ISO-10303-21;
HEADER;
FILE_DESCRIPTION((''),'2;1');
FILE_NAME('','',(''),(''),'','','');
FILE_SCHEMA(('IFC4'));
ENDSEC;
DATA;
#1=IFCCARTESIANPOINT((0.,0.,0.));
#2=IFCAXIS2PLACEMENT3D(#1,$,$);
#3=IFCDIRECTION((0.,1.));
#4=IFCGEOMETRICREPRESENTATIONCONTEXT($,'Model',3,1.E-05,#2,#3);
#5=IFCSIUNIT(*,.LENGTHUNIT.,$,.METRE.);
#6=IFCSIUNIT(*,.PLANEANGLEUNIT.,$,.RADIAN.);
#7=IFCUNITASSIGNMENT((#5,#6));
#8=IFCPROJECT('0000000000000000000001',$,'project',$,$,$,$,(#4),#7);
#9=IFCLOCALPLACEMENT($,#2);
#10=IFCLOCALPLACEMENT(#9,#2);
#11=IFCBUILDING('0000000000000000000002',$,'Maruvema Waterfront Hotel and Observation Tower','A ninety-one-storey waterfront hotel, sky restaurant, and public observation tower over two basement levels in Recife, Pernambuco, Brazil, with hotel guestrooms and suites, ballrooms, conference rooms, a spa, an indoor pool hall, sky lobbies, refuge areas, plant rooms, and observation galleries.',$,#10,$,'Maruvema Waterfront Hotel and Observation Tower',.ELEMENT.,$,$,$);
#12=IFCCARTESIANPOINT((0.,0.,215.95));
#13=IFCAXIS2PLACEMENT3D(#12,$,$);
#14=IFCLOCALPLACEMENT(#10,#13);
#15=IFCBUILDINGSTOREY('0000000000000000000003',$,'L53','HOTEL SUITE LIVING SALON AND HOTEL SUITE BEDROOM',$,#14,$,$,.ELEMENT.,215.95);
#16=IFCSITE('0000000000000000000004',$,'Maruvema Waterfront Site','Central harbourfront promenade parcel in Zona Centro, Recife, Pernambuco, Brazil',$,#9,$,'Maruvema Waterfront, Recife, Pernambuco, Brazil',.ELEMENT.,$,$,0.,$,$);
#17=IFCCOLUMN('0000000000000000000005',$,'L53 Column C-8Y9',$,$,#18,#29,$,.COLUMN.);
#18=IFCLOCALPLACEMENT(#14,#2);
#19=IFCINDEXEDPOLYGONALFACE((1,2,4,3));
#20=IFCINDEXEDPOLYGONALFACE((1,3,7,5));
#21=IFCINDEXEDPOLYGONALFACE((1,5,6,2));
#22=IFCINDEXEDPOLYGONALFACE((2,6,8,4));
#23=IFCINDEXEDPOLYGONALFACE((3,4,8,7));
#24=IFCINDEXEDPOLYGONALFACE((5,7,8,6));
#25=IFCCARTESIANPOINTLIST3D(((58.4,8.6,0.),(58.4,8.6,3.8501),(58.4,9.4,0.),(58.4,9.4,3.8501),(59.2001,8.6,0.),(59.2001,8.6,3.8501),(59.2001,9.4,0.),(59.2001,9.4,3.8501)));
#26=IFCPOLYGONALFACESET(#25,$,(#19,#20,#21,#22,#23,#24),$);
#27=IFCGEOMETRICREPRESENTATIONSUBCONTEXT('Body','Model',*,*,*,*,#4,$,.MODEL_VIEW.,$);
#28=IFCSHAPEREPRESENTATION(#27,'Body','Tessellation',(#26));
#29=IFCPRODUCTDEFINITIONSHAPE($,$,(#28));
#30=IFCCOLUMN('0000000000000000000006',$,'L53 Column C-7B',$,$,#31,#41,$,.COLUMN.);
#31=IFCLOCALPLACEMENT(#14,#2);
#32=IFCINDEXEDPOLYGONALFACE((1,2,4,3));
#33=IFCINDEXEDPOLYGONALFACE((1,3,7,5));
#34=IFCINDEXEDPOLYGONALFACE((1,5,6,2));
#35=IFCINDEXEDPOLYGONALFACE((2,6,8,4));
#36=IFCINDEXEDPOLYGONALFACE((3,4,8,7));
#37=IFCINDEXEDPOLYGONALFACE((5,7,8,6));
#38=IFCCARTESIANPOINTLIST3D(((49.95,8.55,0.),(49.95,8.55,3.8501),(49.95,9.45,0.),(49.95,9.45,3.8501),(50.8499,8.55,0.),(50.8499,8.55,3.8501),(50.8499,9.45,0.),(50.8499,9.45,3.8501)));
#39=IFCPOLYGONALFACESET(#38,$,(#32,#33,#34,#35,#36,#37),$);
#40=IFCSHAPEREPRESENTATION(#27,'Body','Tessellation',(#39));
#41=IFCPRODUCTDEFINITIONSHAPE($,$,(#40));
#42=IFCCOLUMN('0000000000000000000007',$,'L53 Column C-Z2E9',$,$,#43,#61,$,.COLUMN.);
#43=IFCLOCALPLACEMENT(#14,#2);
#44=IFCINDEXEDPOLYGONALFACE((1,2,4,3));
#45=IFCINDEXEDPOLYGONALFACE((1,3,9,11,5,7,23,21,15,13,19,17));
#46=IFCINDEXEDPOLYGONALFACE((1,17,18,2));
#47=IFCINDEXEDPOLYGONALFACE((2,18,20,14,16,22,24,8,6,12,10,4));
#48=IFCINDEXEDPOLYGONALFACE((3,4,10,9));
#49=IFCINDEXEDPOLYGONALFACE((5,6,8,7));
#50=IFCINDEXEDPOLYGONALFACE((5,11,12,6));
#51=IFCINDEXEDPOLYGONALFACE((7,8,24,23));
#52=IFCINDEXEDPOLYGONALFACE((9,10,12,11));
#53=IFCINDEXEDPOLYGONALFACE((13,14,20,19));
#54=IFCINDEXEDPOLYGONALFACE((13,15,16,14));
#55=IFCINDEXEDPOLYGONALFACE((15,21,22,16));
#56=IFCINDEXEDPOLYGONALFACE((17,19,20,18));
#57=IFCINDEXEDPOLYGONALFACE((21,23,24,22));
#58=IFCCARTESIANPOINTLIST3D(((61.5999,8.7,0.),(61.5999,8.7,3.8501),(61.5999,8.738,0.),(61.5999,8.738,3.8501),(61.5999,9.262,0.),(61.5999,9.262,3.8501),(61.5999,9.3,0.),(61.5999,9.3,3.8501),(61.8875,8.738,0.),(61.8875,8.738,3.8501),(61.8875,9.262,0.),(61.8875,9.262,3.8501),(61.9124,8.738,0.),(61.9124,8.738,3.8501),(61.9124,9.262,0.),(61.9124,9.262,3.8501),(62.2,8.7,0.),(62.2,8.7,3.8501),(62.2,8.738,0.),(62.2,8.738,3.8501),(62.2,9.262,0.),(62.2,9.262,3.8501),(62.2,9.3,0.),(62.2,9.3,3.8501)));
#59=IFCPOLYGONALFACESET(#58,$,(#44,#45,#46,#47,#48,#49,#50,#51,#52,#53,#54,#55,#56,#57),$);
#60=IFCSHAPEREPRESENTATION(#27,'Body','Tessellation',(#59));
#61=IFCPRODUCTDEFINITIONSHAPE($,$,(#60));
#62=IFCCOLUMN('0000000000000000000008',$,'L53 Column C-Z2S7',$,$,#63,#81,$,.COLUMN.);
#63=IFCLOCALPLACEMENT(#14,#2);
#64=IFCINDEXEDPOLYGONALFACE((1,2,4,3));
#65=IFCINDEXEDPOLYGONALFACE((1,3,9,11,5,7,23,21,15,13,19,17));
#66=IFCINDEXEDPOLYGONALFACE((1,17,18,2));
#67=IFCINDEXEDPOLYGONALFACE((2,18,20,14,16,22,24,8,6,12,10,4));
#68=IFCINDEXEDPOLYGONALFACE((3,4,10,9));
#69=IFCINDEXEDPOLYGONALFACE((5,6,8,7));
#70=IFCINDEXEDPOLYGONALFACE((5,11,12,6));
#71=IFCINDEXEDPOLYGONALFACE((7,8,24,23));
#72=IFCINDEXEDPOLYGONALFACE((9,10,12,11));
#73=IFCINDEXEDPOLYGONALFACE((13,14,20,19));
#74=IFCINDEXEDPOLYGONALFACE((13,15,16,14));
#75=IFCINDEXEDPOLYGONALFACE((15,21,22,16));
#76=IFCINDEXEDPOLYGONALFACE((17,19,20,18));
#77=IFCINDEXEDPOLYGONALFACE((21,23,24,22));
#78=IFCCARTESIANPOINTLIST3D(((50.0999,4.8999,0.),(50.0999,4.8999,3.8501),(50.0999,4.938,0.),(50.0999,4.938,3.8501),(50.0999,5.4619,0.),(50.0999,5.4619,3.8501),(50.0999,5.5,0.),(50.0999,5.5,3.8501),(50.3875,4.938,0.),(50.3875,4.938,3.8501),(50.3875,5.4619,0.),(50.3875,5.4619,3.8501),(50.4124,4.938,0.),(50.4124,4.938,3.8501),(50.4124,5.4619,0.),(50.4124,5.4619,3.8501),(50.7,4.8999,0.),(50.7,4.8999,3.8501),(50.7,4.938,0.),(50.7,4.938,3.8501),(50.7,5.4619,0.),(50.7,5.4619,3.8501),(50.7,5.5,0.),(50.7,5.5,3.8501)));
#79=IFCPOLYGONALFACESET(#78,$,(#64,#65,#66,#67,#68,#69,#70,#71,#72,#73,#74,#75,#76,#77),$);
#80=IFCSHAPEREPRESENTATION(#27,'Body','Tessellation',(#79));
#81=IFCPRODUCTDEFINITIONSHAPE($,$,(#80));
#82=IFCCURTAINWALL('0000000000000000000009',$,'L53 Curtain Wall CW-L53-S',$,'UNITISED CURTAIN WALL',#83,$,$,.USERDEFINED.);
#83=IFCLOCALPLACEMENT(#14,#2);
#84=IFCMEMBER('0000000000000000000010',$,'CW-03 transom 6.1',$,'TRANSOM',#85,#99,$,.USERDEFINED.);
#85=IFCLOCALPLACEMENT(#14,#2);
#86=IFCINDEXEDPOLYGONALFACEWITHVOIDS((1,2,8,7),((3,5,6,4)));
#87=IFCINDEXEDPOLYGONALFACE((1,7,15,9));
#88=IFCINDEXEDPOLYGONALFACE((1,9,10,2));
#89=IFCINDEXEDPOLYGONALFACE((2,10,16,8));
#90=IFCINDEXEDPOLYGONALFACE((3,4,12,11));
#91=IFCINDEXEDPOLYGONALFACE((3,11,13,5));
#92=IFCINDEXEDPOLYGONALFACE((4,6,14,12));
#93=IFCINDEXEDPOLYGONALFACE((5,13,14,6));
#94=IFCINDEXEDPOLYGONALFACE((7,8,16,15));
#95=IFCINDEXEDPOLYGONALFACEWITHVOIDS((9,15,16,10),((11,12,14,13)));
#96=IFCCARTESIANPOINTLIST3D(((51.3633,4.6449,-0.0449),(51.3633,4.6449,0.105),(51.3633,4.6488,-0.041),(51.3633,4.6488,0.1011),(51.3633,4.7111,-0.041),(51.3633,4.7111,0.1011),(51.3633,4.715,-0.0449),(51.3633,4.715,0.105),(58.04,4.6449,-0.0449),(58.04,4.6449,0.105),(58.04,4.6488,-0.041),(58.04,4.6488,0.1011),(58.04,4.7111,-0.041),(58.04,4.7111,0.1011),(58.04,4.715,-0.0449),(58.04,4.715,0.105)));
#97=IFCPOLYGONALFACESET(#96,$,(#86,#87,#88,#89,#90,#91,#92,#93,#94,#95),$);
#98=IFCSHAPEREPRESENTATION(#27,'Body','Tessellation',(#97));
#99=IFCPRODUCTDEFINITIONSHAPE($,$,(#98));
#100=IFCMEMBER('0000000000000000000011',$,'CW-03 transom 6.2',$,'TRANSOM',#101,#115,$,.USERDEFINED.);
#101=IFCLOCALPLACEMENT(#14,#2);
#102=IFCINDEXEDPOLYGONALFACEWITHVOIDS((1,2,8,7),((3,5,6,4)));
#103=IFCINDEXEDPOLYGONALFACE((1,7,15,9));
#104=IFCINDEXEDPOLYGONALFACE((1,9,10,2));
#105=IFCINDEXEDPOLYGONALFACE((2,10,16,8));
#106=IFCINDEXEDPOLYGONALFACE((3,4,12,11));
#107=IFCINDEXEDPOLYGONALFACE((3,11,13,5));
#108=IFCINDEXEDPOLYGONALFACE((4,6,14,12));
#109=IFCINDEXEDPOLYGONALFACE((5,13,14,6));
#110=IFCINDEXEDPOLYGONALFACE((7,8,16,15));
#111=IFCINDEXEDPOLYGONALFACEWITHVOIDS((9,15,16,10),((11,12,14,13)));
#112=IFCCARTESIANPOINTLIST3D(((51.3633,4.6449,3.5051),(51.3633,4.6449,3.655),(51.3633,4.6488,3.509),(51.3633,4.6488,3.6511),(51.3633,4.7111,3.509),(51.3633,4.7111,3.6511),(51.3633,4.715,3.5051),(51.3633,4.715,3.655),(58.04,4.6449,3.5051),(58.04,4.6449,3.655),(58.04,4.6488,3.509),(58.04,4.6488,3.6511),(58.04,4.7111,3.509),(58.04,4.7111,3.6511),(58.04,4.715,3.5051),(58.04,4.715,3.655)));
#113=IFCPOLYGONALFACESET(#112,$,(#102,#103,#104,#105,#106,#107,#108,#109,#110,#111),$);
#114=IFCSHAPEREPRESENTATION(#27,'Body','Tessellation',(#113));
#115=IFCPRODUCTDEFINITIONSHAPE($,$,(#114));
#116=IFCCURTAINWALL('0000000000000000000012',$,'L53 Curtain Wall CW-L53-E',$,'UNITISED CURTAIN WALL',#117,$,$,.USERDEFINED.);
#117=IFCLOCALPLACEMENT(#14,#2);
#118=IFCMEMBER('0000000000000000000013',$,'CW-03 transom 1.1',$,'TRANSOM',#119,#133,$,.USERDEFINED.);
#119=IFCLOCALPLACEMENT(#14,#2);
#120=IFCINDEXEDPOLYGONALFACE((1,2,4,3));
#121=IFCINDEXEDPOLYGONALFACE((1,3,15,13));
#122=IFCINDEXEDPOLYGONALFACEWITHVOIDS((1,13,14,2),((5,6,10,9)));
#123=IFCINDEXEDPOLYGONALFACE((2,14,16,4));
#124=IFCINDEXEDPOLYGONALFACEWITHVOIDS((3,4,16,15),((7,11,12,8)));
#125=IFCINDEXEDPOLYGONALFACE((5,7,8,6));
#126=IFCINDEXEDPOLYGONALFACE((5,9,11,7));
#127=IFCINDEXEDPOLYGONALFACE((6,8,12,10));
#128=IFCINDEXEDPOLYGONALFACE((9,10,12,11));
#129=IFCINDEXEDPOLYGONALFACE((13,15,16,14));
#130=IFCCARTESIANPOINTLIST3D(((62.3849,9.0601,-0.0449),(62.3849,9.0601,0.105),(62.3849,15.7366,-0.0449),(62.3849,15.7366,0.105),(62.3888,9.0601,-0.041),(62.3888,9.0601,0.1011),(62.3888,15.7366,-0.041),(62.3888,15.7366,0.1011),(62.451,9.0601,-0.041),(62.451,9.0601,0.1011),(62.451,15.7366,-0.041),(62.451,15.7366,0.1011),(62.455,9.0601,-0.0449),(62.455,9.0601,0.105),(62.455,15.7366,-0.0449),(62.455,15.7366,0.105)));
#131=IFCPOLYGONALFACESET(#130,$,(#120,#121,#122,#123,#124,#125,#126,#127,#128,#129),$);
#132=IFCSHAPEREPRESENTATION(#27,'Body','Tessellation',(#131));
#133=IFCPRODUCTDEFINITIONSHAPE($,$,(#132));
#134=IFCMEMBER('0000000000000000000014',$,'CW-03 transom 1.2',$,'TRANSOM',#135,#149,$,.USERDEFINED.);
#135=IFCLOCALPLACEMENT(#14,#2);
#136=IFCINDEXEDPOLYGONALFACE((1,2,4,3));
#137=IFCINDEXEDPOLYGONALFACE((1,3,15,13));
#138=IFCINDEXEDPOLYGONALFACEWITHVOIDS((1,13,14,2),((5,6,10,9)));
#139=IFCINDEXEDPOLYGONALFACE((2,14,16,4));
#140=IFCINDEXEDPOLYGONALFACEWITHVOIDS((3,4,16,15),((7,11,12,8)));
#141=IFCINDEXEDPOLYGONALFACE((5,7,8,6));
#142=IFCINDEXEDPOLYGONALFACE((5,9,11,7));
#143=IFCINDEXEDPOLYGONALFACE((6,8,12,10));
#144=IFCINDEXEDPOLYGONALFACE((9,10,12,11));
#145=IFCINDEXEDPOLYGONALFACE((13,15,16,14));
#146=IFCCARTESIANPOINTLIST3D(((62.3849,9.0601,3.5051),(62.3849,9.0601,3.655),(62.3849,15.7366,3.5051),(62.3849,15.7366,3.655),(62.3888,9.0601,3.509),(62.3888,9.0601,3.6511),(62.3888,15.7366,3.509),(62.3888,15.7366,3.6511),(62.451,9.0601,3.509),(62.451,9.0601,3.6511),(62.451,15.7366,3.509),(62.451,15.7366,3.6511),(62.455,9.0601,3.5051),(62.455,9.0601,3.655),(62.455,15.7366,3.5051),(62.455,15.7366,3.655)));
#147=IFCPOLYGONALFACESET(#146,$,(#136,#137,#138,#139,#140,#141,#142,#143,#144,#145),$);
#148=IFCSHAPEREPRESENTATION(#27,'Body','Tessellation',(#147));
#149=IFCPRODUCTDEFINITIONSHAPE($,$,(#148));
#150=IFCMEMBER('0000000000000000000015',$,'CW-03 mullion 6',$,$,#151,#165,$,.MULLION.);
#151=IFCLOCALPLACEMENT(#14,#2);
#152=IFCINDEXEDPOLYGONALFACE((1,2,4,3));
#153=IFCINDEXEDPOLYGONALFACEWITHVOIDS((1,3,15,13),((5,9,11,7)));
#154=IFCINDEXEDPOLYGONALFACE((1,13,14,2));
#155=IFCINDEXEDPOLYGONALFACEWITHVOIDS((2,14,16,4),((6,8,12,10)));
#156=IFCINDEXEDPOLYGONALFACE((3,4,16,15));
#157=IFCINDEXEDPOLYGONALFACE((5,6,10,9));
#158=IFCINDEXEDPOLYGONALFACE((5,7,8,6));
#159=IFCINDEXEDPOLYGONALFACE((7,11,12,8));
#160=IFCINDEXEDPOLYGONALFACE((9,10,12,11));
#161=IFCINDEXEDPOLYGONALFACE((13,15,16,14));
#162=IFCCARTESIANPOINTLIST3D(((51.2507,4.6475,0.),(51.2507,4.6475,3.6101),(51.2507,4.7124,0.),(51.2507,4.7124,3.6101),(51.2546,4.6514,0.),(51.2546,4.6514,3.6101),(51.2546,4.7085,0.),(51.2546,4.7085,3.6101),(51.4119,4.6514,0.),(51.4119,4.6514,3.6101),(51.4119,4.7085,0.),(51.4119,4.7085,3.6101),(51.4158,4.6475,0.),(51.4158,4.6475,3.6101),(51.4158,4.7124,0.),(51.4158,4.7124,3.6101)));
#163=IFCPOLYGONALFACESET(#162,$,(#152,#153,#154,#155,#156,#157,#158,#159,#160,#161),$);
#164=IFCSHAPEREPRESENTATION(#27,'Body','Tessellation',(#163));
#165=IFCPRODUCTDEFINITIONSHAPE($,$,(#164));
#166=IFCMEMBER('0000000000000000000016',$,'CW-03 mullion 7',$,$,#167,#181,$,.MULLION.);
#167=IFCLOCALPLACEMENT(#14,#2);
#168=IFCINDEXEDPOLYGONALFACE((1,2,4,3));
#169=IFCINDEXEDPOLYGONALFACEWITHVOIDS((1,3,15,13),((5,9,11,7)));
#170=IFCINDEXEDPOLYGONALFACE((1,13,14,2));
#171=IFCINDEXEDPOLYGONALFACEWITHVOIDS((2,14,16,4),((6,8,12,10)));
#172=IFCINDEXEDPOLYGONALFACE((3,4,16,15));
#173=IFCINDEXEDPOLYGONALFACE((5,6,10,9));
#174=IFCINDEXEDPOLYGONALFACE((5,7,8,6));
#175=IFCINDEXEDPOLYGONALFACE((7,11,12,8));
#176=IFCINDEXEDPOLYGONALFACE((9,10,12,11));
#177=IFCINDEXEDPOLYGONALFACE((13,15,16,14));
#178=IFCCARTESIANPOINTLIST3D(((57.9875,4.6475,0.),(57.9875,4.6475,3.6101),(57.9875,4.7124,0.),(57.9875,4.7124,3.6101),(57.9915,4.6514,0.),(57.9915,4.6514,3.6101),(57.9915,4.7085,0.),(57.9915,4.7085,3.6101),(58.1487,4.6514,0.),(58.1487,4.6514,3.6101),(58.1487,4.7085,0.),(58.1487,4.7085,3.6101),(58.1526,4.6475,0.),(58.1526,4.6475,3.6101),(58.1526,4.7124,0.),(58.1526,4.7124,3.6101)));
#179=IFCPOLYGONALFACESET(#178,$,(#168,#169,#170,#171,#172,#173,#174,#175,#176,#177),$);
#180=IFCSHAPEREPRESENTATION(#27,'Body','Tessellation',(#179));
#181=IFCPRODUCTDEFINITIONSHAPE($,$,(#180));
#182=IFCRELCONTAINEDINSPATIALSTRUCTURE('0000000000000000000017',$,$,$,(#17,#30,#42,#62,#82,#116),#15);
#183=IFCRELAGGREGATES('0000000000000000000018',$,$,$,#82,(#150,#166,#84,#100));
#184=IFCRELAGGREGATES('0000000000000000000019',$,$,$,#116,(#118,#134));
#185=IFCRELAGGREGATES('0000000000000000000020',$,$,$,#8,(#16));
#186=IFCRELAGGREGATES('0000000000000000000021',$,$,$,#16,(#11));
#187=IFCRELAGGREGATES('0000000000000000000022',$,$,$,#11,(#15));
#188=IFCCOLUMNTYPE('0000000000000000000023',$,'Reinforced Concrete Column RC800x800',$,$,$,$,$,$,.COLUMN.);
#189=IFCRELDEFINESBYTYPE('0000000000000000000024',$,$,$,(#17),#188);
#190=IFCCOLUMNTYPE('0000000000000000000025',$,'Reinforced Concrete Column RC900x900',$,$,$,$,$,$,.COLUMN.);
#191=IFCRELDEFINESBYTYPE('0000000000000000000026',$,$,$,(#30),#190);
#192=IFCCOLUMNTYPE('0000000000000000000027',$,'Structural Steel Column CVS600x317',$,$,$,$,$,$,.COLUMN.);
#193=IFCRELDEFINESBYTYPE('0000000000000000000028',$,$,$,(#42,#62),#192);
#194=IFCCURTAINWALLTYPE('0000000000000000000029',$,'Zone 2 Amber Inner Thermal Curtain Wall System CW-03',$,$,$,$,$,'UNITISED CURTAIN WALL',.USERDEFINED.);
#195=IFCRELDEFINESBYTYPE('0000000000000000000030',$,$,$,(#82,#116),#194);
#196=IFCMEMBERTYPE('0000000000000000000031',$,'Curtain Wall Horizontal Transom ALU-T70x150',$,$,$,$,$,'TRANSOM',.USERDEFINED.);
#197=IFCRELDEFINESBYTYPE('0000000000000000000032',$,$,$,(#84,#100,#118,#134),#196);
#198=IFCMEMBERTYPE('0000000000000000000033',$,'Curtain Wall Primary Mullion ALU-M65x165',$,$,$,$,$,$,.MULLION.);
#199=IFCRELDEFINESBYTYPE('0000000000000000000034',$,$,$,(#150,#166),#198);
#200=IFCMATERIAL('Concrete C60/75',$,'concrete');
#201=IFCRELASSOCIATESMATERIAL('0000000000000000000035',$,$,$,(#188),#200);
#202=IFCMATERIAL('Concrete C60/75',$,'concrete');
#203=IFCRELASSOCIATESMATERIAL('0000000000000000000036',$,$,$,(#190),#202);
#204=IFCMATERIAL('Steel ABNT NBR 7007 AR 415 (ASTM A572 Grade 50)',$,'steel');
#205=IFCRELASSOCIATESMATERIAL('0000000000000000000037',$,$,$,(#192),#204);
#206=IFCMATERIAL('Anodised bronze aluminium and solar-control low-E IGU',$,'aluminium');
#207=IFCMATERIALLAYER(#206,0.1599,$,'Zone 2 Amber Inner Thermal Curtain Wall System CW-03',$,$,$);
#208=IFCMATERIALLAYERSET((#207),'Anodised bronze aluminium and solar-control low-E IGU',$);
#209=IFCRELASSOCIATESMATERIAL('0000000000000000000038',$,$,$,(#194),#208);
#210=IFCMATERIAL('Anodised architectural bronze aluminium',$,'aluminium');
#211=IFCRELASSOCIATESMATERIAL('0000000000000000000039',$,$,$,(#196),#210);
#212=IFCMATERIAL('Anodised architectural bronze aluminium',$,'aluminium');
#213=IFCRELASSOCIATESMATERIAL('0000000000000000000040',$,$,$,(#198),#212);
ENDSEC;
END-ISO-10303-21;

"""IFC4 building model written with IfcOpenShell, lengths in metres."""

from ifc_helpers import new_model, si_unit, direction, frame, origin, origin_2d, place, context, subcontext, project, spatial, rectangle, hollow_rectangle, i_section, extrude, material, layer, layer_set, material_profile, profile_set, type_object, element, aggregate, save


model = new_model("IFC4")

# Units and contexts
model_context = context("Model", 3, precision=1e-05, world=origin(), true_north=direction((0.0, 1.0)))
body_context = subcontext(model_context, "Body", "Model", "MODEL_VIEW")
ifc_project = project(units=[si_unit("LENGTHUNIT", "METRE"), si_unit("PLANEANGLEUNIT", "RADIAN")], contexts=[model_context])

# Site, building, storey
site_placement = place(None, origin())
site = spatial("IfcSite", under=ifc_project, at=site_placement, Name="Maruvema Waterfront Site", Description="Central harbourfront promenade parcel in Zona Centro, Recife, Pernambuco, Brazil", LongName="Maruvema Waterfront, Recife, Pernambuco, Brazil", CompositionType="ELEMENT", RefElevation=0.0)
building_placement = place(site_placement, origin())
building = spatial("IfcBuilding", under=site, at=building_placement, Name="Maruvema Waterfront Hotel and Observation Tower", Description="A ninety-one-storey waterfront hotel, sky restaurant, and public observation tower over two basement levels in Recife, Pernambuco, Brazil, with hotel guestrooms and suites, ballrooms, conference rooms, a spa, an indoor pool hall, sky lobbies, refuge areas, plant rooms, and observation galleries.", LongName="Maruvema Waterfront Hotel and Observation Tower", CompositionType="ELEMENT")
storey_placement = place(building_placement, frame((0.0, 0.0, 215.95)))
storey = spatial("IfcBuildingStorey", under=building, at=storey_placement, Name="L53", Description="HOTEL SUITE LIVING SALON AND HOTEL SUITE BEDROOM", CompositionType="ELEMENT", Elevation=215.95)

# Columns
ifc_material_1 = material(Name="Concrete C60/75", Category="concrete")
ifc_material_profile_1 = material_profile(ifc_material_1, rectangle(XDim=0.8, YDim=0.8, at=origin_2d()), Name="RC800x800")
ifc_profile_set_1 = profile_set([ifc_material_profile_1], Name="Concrete C60/75")
column_type_1 = type_object("IfcColumnType", Name="Reinforced Concrete Column RC800x800", PredefinedType="COLUMN", material=ifc_profile_set_1)
column_1_placement = place(storey_placement, frame((58.8, 9.0, 0.0), z_axis=(0.0, 0.0, 1.0), x_axis=(1.0, 0.0, 0.0)))
element("IfcColumn", 1, at=column_1_placement, inside=storey, type_object=column_type_1, Name="L53 Column C-8Y9", PredefinedType="COLUMN", context=body_context, shape_type="SweptSolid", body=[
    extrude(rectangle(XDim=0.8, YDim=0.8, at=origin_2d()), origin(), (0.0, 0.0, 1.0), 3.8501),
])
ifc_material_2 = material(Name="Concrete C60/75", Category="concrete")
ifc_material_profile_2 = material_profile(ifc_material_2, rectangle(XDim=0.8999, YDim=0.8999, at=origin_2d()), Name="RC900x900")
ifc_profile_set_2 = profile_set([ifc_material_profile_2], Name="Concrete C60/75")
column_type_2 = type_object("IfcColumnType", Name="Reinforced Concrete Column RC900x900", PredefinedType="COLUMN", material=ifc_profile_set_2)
column_2_placement = place(storey_placement, frame((50.3999, 9.0, 0.0), z_axis=(0.0, 0.0, 1.0), x_axis=(1.0, 0.0, 0.0)))
element("IfcColumn", 2, at=column_2_placement, inside=storey, type_object=column_type_2, Name="L53 Column C-7B", PredefinedType="COLUMN", context=body_context, shape_type="SweptSolid", body=[
    extrude(rectangle(XDim=0.8999, YDim=0.8999, at=origin_2d()), origin(), (0.0, 0.0, 1.0), 3.8501),
])
ifc_material_3 = material(Name="Steel ABNT NBR 7007 AR 415 (ASTM A572 Grade 50)", Category="steel")
ifc_material_profile_3 = material_profile(ifc_material_3, i_section(OverallWidth=0.6001, OverallDepth=0.6001, WebThickness=0.0249, FlangeThickness=0.0381, at=origin_2d()), Name="CVS600x317")
ifc_profile_set_3 = profile_set([ifc_material_profile_3], Name="Steel ABNT NBR 7007 AR 415 (ASTM A572 Grade 50)")
column_type_3 = type_object("IfcColumnType", Name="Structural Steel Column CVS600x317", PredefinedType="COLUMN", material=ifc_profile_set_3)
for number, where, z_axis, x_axis, name in (
    (3, (61.8999, 9.0, 0.0), (0.0, 0.0, 1.0), (1.0, 0.0, 0.0), "L53 Column C-Z2E9"),
    (4, (50.3999, 5.2, 0.0), (0.0, 0.0, 1.0), (1.0, 0.0, 0.0), "L53 Column C-Z2S7"),
):
    element("IfcColumn", number, at=place(storey_placement, frame(where, z_axis=z_axis, x_axis=x_axis)), inside=storey, type_object=column_type_3, Name=name, PredefinedType="COLUMN", context=body_context, shape_type="SweptSolid", body=[
        extrude(i_section(OverallWidth=0.6001, OverallDepth=0.6001, WebThickness=0.0249, FlangeThickness=0.0381, at=origin_2d()), origin(), (0.0, 0.0, 1.0), 3.8501),
    ])

# Curtain walls, members
ifc_material_4 = material(Name="Anodised bronze aluminium and solar-control low-E IGU", Category="aluminium")
ifc_layer_1 = layer(ifc_material_4, 0.1599, Name="Zone 2 Amber Inner Thermal Curtain Wall System CW-03")
ifc_layer_set_1 = layer_set([ifc_layer_1], Name="Anodised bronze aluminium and solar-control low-E IGU")
curtain_wall_type = type_object("IfcCurtainWallType", Name="Zone 2 Amber Inner Thermal Curtain Wall System CW-03", ElementType="UNITISED CURTAIN WALL", PredefinedType="USERDEFINED", material=ifc_layer_set_1)
curtain_wall_1_placement = place(storey_placement, origin())
curtain_wall_1 = element("IfcCurtainWall", 5, at=curtain_wall_1_placement, inside=storey, type_object=curtain_wall_type, Name="L53 Curtain Wall CW-L53-S", ObjectType="UNITISED CURTAIN WALL", PredefinedType="USERDEFINED")
ifc_material_5 = material(Name="Anodised architectural bronze aluminium", Category="aluminium")
ifc_material_profile_4 = material_profile(ifc_material_5, hollow_rectangle(XDim=0.0701, YDim=0.1499, WallThickness=0.0039, at=origin_2d()), Name="ALU-T70x150")
ifc_profile_set_4 = profile_set([ifc_material_profile_4], Name="Anodised architectural bronze aluminium")
member_type_1 = type_object("IfcMemberType", Name="Curtain Wall Horizontal Transom ALU-T70x150", ElementType="TRANSOM", PredefinedType="USERDEFINED", material=ifc_profile_set_4)
member_1_placement = place(storey_placement, frame((51.3633, 4.6799, 0.03), z_axis=(1.0, 0.0, 0.0), x_axis=(0.0, 1.0, 0.0)))
member_1 = element("IfcMember", 6, at=member_1_placement, type_object=member_type_1, Name="CW-03 transom 6.1", ObjectType="TRANSOM", PredefinedType="USERDEFINED", context=body_context, shape_type="SweptSolid", body=[
    extrude(hollow_rectangle(XDim=0.0701, YDim=0.1499, WallThickness=0.0039, at=origin_2d()), origin(), (0.0, 0.0, 1.0), 6.6768),
])
member_2_placement = place(storey_placement, frame((51.3633, 4.6799, 3.5801), z_axis=(1.0, 0.0, 0.0), x_axis=(0.0, 1.0, 0.0)))
member_2 = element("IfcMember", 7, at=member_2_placement, type_object=member_type_1, Name="CW-03 transom 6.2", ObjectType="TRANSOM", PredefinedType="USERDEFINED", context=body_context, shape_type="SweptSolid", body=[
    extrude(hollow_rectangle(XDim=0.0701, YDim=0.1499, WallThickness=0.0039, at=origin_2d()), origin(), (0.0, 0.0, 1.0), 6.6768),
])
curtain_wall_2_placement = place(storey_placement, origin())
curtain_wall_2 = element("IfcCurtainWall", 8, at=curtain_wall_2_placement, inside=storey, type_object=curtain_wall_type, Name="L53 Curtain Wall CW-L53-E", ObjectType="UNITISED CURTAIN WALL", PredefinedType="USERDEFINED")
member_3_placement = place(storey_placement, frame((62.4199, 9.0601, 0.03), z_axis=(0.0, 1.0, 0.0), x_axis=(-1.0, 0.0, 0.0)))
member_3 = element("IfcMember", 9, at=member_3_placement, type_object=member_type_1, Name="CW-03 transom 1.1", ObjectType="TRANSOM", PredefinedType="USERDEFINED", context=body_context, shape_type="SweptSolid", body=[
    extrude(hollow_rectangle(XDim=0.0701, YDim=0.1499, WallThickness=0.0039, at=origin_2d()), origin(), (0.0, 0.0, 1.0), 6.6765),
])
member_4_placement = place(storey_placement, frame((62.4199, 9.0601, 3.5801), z_axis=(0.0, 1.0, 0.0), x_axis=(-1.0, 0.0, 0.0)))
member_4 = element("IfcMember", 10, at=member_4_placement, type_object=member_type_1, Name="CW-03 transom 1.2", ObjectType="TRANSOM", PredefinedType="USERDEFINED", context=body_context, shape_type="SweptSolid", body=[
    extrude(hollow_rectangle(XDim=0.0701, YDim=0.1499, WallThickness=0.0039, at=origin_2d()), origin(), (0.0, 0.0, 1.0), 6.6765),
])

# Members
ifc_material_6 = material(Name="Anodised architectural bronze aluminium", Category="aluminium")
ifc_material_profile_5 = material_profile(ifc_material_6, hollow_rectangle(XDim=0.0649, YDim=0.165, WallThickness=0.0039, at=origin_2d()), Name="ALU-M65x165")
ifc_profile_set_5 = profile_set([ifc_material_profile_5], Name="Anodised architectural bronze aluminium")
member_type_2 = type_object("IfcMemberType", Name="Curtain Wall Primary Mullion ALU-M65x165", PredefinedType="MULLION", material=ifc_profile_set_5)
member_5_placement = place(storey_placement, frame((51.3333, 4.6799, 0.0), z_axis=(0.0, 0.0, 1.0), x_axis=(0.0, 1.0, 0.0)))
member_5 = element("IfcMember", 11, at=member_5_placement, type_object=member_type_2, Name="CW-03 mullion 6", PredefinedType="MULLION", context=body_context, shape_type="SweptSolid", body=[
    extrude(hollow_rectangle(XDim=0.0649, YDim=0.165, WallThickness=0.0039, at=origin_2d()), origin(), (0.0, 0.0, 1.0), 3.6101),
])
member_6_placement = place(storey_placement, frame((58.0701, 4.6799, 0.0), z_axis=(0.0, 0.0, 1.0), x_axis=(0.0, 1.0, 0.0)))
member_6 = element("IfcMember", 12, at=member_6_placement, type_object=member_type_2, Name="CW-03 mullion 7", PredefinedType="MULLION", context=body_context, shape_type="SweptSolid", body=[
    extrude(hollow_rectangle(XDim=0.0649, YDim=0.165, WallThickness=0.0039, at=origin_2d()), origin(), (0.0, 0.0, 1.0), 3.6101),
])

aggregate(curtain_wall_1, [member_5, member_6, member_1, member_2])
aggregate(curtain_wall_2, [member_3, member_4])

save(model, "model.ifc")
